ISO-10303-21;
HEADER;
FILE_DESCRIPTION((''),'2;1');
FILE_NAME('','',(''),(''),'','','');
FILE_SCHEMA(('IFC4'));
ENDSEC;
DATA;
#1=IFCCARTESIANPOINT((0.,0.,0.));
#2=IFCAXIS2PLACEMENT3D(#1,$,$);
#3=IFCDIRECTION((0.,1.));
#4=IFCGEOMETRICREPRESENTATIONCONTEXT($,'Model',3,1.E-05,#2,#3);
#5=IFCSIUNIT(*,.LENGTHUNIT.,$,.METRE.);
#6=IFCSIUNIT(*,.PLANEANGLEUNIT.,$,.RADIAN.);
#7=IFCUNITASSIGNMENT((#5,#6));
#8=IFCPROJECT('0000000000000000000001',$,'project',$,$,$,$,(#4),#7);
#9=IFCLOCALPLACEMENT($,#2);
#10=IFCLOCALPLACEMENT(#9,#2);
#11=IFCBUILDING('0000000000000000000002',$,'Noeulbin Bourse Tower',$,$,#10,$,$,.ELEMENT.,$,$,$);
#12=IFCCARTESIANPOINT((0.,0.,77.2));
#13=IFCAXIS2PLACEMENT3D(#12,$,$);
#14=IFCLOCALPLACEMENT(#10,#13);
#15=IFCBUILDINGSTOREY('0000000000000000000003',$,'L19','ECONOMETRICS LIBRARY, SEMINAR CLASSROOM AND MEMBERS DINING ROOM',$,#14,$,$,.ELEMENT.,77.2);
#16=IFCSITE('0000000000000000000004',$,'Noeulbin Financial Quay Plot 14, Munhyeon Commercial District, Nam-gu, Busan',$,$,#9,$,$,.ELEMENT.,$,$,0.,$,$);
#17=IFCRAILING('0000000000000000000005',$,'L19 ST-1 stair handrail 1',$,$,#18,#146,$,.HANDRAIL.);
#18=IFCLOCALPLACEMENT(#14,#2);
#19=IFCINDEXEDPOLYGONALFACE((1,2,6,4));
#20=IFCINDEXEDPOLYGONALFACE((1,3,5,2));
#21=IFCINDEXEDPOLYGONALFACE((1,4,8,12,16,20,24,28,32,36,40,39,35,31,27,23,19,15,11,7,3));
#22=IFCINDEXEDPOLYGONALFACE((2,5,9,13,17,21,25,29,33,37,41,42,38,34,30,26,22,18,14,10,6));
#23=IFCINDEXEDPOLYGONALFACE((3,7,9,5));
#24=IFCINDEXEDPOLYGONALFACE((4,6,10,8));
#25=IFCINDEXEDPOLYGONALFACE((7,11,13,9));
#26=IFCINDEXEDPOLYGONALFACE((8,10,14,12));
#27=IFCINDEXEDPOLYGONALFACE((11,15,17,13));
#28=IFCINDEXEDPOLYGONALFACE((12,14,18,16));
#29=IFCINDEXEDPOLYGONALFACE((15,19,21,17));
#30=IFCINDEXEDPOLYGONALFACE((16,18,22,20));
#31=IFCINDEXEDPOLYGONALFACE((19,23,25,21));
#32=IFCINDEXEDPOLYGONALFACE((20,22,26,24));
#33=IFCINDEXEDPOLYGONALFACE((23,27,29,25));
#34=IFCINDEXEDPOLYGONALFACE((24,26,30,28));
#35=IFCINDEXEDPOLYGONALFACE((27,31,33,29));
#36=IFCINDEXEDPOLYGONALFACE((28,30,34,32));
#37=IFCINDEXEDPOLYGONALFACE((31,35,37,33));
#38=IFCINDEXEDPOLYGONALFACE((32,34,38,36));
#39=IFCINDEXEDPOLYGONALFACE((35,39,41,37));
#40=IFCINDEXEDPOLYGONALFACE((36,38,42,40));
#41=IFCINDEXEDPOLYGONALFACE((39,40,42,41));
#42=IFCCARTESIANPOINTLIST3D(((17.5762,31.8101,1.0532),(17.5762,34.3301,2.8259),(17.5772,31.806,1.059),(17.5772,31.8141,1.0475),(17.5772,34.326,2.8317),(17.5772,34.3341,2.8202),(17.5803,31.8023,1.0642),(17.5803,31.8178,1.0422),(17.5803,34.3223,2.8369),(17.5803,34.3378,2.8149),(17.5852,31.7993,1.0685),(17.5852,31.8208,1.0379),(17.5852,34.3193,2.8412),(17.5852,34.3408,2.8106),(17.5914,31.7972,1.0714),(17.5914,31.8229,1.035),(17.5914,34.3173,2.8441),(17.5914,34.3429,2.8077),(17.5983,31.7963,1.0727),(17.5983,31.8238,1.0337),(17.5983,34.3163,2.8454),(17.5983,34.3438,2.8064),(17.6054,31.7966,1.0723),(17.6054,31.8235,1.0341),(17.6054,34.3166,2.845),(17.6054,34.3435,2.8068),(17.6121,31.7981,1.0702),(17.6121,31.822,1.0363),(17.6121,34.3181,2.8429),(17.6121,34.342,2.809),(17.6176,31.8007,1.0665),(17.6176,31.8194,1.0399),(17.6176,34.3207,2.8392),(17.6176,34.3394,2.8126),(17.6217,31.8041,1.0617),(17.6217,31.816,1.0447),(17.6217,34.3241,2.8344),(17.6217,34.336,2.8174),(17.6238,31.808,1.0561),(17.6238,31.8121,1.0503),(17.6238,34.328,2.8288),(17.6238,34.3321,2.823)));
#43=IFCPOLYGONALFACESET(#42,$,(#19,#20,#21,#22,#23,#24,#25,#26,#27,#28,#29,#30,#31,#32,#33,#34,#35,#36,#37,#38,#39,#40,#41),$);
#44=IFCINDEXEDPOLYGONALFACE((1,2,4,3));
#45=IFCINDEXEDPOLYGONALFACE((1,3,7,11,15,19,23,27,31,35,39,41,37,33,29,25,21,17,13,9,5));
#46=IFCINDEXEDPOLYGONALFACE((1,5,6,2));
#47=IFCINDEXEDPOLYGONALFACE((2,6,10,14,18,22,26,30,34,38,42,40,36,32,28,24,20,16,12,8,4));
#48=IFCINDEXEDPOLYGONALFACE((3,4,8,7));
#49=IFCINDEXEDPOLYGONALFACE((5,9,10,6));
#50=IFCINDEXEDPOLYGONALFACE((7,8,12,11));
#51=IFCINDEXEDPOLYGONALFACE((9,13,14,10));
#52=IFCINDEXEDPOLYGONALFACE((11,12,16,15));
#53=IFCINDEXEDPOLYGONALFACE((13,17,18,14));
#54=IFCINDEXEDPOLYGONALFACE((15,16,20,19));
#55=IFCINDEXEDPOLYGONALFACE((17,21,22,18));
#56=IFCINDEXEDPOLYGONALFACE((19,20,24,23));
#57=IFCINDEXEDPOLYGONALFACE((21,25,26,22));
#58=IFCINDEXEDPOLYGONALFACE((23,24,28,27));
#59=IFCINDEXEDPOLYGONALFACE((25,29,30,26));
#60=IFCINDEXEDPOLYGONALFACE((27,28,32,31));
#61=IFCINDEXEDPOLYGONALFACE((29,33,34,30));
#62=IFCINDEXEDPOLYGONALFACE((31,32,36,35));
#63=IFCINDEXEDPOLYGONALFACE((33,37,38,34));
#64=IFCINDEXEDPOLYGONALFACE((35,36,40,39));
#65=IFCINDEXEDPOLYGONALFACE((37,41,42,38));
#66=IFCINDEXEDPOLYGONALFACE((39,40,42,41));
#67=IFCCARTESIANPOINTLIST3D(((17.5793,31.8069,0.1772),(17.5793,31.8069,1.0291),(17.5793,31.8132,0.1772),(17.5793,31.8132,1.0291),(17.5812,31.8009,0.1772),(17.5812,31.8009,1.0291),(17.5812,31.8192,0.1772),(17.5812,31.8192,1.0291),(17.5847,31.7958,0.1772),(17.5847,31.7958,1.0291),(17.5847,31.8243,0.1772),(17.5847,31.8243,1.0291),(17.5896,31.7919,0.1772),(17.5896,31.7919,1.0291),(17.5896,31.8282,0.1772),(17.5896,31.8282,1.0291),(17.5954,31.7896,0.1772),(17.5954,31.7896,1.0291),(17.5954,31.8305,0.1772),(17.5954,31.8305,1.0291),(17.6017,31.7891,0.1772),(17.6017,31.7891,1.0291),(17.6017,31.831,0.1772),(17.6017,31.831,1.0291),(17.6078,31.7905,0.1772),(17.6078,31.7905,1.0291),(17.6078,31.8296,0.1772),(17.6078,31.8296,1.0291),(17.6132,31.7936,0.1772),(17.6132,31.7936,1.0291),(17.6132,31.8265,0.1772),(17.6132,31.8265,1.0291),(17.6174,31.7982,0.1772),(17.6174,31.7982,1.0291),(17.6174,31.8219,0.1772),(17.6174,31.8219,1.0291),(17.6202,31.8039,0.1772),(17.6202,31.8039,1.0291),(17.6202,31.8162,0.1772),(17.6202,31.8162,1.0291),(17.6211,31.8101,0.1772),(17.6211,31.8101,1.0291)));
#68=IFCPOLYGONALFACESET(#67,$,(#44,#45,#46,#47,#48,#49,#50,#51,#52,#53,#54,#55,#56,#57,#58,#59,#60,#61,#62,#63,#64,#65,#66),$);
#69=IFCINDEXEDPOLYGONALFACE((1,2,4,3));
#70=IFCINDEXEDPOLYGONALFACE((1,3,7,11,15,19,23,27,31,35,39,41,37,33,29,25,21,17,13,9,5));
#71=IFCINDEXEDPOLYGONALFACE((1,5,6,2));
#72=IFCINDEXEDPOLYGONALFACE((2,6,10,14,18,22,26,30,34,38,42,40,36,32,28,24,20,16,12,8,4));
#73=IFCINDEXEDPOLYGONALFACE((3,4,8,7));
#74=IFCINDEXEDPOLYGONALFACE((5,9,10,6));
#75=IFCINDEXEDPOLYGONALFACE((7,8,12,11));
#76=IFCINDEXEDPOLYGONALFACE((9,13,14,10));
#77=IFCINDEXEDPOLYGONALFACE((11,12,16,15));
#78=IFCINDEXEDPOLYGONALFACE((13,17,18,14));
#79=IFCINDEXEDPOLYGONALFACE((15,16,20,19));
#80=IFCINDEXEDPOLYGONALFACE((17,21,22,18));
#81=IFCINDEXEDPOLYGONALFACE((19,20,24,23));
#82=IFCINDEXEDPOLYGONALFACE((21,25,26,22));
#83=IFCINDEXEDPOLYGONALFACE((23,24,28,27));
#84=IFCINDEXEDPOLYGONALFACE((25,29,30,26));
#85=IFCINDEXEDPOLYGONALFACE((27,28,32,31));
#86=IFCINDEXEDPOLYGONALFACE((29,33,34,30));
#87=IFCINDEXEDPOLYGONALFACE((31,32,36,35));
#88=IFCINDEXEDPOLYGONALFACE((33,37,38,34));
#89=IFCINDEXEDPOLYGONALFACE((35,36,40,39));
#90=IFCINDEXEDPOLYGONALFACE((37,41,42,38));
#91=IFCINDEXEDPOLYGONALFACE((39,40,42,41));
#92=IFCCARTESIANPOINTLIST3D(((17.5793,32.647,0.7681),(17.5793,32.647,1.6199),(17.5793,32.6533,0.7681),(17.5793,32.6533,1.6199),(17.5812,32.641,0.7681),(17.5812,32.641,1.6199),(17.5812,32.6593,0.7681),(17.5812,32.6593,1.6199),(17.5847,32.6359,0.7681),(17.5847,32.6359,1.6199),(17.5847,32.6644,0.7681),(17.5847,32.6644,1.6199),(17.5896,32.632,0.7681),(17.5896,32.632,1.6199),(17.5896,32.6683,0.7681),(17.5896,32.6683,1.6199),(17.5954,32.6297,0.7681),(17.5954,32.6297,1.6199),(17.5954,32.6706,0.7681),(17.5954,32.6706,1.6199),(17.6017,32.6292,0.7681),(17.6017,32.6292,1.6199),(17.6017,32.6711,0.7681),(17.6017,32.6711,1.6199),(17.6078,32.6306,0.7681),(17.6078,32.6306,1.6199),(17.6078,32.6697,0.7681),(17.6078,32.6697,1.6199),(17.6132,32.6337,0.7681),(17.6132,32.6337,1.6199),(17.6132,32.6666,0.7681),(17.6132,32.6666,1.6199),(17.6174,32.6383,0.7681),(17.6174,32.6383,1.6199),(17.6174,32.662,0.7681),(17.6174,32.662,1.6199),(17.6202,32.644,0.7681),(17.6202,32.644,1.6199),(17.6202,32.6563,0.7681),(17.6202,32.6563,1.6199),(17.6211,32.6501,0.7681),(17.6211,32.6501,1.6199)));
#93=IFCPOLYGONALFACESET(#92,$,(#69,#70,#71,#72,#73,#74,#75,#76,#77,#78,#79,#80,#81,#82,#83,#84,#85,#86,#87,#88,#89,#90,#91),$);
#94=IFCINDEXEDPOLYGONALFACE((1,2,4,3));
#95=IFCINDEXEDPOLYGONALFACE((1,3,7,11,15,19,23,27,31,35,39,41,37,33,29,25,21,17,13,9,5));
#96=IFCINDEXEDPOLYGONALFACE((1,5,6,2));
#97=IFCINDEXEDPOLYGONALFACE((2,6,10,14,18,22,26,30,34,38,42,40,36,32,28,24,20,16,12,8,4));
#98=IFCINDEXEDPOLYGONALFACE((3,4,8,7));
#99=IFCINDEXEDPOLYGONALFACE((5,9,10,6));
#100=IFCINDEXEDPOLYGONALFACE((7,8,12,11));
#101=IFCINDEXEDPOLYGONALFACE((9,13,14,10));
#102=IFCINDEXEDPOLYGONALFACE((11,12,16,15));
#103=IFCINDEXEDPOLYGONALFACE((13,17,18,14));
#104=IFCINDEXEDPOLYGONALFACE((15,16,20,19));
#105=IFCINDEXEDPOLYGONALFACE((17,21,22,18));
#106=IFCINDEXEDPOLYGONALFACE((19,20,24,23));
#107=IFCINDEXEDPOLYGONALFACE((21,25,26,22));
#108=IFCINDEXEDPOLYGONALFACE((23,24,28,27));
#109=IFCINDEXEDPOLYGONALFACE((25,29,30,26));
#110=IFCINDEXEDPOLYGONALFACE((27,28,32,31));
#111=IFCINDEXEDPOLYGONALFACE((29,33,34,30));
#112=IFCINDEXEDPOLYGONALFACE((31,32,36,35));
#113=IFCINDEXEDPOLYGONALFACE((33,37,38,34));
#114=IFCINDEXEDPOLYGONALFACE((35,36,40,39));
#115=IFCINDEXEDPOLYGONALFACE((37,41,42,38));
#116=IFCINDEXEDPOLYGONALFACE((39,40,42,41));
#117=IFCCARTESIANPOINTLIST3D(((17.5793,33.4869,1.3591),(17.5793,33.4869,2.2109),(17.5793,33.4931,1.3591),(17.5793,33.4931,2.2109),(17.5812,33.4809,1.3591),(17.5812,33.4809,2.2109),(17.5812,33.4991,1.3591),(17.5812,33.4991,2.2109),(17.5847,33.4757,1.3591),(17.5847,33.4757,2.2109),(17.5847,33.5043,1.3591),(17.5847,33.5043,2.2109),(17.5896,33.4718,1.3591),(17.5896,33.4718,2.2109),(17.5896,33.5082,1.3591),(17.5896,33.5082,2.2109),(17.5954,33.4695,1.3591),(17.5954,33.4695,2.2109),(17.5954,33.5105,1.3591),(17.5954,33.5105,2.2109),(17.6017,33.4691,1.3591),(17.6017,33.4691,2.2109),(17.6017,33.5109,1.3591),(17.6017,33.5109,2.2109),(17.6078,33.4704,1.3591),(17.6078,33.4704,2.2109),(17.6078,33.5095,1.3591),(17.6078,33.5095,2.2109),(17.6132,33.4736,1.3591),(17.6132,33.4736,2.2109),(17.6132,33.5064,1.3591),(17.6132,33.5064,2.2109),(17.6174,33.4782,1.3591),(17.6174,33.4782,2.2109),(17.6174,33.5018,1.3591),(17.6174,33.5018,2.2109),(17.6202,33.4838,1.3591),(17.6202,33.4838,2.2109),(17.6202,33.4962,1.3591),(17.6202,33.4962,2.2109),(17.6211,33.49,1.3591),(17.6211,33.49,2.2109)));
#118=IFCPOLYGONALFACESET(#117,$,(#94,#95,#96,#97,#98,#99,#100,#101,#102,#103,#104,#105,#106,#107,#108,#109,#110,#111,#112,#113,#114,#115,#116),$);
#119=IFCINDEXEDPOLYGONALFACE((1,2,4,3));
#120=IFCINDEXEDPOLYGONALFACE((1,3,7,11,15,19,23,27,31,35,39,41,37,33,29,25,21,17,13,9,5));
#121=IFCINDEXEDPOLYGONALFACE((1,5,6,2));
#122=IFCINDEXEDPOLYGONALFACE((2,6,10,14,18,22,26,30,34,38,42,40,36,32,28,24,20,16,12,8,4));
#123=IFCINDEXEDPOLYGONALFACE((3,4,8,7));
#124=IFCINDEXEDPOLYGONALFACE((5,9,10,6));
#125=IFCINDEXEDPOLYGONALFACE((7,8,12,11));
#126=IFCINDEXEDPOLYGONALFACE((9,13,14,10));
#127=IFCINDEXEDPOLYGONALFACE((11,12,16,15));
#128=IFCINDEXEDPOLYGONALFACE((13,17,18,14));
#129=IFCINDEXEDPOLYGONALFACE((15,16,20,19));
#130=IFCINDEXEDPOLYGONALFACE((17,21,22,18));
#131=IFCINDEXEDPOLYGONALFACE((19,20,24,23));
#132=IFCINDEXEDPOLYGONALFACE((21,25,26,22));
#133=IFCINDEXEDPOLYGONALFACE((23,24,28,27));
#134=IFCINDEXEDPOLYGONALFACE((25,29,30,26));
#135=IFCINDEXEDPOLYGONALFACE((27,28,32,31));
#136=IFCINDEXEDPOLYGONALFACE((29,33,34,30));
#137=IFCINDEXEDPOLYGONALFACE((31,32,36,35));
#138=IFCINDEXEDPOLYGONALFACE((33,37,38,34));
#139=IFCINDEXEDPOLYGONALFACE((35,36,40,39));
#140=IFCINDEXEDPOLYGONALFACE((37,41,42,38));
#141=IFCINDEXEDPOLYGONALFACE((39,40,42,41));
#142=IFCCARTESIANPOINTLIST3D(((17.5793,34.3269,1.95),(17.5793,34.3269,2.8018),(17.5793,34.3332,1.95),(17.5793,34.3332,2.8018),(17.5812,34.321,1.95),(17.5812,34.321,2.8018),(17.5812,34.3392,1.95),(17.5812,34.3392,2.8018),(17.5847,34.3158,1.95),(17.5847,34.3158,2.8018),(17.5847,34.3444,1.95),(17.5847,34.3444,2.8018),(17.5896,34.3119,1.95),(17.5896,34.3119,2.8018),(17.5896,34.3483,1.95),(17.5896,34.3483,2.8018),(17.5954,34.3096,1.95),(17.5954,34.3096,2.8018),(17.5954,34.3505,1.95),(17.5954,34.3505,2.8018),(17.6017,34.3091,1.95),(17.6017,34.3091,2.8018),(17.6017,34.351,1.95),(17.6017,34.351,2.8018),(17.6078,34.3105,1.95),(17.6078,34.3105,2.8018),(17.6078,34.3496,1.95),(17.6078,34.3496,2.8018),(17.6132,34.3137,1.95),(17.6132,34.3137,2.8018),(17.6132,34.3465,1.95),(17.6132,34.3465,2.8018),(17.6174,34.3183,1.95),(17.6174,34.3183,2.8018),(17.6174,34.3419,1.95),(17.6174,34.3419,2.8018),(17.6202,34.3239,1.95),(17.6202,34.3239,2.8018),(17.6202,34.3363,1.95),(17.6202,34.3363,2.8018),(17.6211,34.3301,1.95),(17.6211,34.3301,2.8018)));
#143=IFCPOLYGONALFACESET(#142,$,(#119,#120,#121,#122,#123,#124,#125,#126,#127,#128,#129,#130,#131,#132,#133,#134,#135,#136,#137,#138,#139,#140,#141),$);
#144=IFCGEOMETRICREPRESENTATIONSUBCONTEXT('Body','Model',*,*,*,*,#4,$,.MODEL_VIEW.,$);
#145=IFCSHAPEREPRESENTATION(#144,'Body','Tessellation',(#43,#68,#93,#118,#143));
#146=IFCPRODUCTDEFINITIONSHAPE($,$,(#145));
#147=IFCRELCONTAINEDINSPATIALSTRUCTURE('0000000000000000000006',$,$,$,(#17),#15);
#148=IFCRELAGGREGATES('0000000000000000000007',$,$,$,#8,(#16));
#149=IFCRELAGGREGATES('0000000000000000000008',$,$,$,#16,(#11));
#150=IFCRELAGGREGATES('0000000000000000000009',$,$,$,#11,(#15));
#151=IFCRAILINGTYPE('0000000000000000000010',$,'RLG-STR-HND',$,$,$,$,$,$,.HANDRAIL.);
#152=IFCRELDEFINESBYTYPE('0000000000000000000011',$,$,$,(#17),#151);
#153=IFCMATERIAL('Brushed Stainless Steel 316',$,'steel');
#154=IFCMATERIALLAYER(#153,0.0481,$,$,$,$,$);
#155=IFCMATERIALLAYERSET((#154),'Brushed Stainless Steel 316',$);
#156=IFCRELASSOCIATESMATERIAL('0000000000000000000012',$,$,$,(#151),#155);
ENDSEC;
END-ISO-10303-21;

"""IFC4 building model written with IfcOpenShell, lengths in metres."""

from ifc_helpers import new_model, si_unit, direction, frame, origin, origin_2d, place, context, subcontext, project, spatial, circle, extrude, material, layer, layer_set, type_object, element, save


model = new_model("IFC4")

# Units and contexts
model_context = context("Model", 3, precision=1e-05, world=origin(), true_north=direction((0.0, 1.0)))
body_context = subcontext(model_context, "Body", "Model", "MODEL_VIEW")
ifc_project = project(units=[si_unit("LENGTHUNIT", "METRE"), si_unit("PLANEANGLEUNIT", "RADIAN")], contexts=[model_context])

# Site, building, storey
site_placement = place(None, origin())
site = spatial("IfcSite", under=ifc_project, at=site_placement, Name="Noeulbin Financial Quay Plot 14, Munhyeon Commercial District, Nam-gu, Busan", CompositionType="ELEMENT", RefElevation=0.0)
building_placement = place(site_placement, origin())
building = spatial("IfcBuilding", under=site, at=building_placement, Name="Noeulbin Bourse Tower", CompositionType="ELEMENT")
storey_placement = place(building_placement, frame((0.0, 0.0, 77.2)))
storey = spatial("IfcBuildingStorey", under=building, at=storey_placement, Name="L19", Description="ECONOMETRICS LIBRARY, SEMINAR CLASSROOM AND MEMBERS DINING ROOM", CompositionType="ELEMENT", Elevation=77.2)

# Railing
ifc_material_1 = material(Name="Brushed Stainless Steel 316", Category="steel")
ifc_layer_1 = layer(ifc_material_1, 0.0481)
ifc_layer_set_1 = layer_set([ifc_layer_1], Name="Brushed Stainless Steel 316")
railing_type_1 = type_object("IfcRailingType", Name="RLG-STR-HND", PredefinedType="HANDRAIL", material=ifc_layer_set_1)
railing_1_placement = place(storey_placement, frame((17.6001, 31.8101, 0.1772)))
element("IfcRailing", 1, at=railing_1_placement, inside=storey, type_object=railing_type_1, Name="L19 ST-1 stair handrail 1", PredefinedType="HANDRAIL", context=body_context, shape_type="SweptSolid", body=[
    extrude(circle(Radius=0.0239, at=origin_2d()), frame((0.0, 0.0, 0.876), z_axis=(0.0, 0.817904, 0.575354), x_axis=(-1.0, 0.0, 0.0)), (0.0, 0.0, 1.0), 3.0811),
    extrude(circle(Radius=0.021, at=origin_2d()), origin(), (0.0, 0.0, 1.0), 0.8518),
    extrude(circle(Radius=0.021, at=origin_2d()), frame((0.0, 0.8401, 0.5908)), (0.0, 0.0, 1.0), 0.8518),
    extrude(circle(Radius=0.021, at=origin_2d()), frame((0.0, 1.6799, 1.1819)), (0.0, 0.0, 1.0), 0.8518),
    extrude(circle(Radius=0.021, at=origin_2d()), frame((0.0, 2.52, 1.7727)), (0.0, 0.0, 1.0), 0.8518),
])

save(model, "model.ifc")
